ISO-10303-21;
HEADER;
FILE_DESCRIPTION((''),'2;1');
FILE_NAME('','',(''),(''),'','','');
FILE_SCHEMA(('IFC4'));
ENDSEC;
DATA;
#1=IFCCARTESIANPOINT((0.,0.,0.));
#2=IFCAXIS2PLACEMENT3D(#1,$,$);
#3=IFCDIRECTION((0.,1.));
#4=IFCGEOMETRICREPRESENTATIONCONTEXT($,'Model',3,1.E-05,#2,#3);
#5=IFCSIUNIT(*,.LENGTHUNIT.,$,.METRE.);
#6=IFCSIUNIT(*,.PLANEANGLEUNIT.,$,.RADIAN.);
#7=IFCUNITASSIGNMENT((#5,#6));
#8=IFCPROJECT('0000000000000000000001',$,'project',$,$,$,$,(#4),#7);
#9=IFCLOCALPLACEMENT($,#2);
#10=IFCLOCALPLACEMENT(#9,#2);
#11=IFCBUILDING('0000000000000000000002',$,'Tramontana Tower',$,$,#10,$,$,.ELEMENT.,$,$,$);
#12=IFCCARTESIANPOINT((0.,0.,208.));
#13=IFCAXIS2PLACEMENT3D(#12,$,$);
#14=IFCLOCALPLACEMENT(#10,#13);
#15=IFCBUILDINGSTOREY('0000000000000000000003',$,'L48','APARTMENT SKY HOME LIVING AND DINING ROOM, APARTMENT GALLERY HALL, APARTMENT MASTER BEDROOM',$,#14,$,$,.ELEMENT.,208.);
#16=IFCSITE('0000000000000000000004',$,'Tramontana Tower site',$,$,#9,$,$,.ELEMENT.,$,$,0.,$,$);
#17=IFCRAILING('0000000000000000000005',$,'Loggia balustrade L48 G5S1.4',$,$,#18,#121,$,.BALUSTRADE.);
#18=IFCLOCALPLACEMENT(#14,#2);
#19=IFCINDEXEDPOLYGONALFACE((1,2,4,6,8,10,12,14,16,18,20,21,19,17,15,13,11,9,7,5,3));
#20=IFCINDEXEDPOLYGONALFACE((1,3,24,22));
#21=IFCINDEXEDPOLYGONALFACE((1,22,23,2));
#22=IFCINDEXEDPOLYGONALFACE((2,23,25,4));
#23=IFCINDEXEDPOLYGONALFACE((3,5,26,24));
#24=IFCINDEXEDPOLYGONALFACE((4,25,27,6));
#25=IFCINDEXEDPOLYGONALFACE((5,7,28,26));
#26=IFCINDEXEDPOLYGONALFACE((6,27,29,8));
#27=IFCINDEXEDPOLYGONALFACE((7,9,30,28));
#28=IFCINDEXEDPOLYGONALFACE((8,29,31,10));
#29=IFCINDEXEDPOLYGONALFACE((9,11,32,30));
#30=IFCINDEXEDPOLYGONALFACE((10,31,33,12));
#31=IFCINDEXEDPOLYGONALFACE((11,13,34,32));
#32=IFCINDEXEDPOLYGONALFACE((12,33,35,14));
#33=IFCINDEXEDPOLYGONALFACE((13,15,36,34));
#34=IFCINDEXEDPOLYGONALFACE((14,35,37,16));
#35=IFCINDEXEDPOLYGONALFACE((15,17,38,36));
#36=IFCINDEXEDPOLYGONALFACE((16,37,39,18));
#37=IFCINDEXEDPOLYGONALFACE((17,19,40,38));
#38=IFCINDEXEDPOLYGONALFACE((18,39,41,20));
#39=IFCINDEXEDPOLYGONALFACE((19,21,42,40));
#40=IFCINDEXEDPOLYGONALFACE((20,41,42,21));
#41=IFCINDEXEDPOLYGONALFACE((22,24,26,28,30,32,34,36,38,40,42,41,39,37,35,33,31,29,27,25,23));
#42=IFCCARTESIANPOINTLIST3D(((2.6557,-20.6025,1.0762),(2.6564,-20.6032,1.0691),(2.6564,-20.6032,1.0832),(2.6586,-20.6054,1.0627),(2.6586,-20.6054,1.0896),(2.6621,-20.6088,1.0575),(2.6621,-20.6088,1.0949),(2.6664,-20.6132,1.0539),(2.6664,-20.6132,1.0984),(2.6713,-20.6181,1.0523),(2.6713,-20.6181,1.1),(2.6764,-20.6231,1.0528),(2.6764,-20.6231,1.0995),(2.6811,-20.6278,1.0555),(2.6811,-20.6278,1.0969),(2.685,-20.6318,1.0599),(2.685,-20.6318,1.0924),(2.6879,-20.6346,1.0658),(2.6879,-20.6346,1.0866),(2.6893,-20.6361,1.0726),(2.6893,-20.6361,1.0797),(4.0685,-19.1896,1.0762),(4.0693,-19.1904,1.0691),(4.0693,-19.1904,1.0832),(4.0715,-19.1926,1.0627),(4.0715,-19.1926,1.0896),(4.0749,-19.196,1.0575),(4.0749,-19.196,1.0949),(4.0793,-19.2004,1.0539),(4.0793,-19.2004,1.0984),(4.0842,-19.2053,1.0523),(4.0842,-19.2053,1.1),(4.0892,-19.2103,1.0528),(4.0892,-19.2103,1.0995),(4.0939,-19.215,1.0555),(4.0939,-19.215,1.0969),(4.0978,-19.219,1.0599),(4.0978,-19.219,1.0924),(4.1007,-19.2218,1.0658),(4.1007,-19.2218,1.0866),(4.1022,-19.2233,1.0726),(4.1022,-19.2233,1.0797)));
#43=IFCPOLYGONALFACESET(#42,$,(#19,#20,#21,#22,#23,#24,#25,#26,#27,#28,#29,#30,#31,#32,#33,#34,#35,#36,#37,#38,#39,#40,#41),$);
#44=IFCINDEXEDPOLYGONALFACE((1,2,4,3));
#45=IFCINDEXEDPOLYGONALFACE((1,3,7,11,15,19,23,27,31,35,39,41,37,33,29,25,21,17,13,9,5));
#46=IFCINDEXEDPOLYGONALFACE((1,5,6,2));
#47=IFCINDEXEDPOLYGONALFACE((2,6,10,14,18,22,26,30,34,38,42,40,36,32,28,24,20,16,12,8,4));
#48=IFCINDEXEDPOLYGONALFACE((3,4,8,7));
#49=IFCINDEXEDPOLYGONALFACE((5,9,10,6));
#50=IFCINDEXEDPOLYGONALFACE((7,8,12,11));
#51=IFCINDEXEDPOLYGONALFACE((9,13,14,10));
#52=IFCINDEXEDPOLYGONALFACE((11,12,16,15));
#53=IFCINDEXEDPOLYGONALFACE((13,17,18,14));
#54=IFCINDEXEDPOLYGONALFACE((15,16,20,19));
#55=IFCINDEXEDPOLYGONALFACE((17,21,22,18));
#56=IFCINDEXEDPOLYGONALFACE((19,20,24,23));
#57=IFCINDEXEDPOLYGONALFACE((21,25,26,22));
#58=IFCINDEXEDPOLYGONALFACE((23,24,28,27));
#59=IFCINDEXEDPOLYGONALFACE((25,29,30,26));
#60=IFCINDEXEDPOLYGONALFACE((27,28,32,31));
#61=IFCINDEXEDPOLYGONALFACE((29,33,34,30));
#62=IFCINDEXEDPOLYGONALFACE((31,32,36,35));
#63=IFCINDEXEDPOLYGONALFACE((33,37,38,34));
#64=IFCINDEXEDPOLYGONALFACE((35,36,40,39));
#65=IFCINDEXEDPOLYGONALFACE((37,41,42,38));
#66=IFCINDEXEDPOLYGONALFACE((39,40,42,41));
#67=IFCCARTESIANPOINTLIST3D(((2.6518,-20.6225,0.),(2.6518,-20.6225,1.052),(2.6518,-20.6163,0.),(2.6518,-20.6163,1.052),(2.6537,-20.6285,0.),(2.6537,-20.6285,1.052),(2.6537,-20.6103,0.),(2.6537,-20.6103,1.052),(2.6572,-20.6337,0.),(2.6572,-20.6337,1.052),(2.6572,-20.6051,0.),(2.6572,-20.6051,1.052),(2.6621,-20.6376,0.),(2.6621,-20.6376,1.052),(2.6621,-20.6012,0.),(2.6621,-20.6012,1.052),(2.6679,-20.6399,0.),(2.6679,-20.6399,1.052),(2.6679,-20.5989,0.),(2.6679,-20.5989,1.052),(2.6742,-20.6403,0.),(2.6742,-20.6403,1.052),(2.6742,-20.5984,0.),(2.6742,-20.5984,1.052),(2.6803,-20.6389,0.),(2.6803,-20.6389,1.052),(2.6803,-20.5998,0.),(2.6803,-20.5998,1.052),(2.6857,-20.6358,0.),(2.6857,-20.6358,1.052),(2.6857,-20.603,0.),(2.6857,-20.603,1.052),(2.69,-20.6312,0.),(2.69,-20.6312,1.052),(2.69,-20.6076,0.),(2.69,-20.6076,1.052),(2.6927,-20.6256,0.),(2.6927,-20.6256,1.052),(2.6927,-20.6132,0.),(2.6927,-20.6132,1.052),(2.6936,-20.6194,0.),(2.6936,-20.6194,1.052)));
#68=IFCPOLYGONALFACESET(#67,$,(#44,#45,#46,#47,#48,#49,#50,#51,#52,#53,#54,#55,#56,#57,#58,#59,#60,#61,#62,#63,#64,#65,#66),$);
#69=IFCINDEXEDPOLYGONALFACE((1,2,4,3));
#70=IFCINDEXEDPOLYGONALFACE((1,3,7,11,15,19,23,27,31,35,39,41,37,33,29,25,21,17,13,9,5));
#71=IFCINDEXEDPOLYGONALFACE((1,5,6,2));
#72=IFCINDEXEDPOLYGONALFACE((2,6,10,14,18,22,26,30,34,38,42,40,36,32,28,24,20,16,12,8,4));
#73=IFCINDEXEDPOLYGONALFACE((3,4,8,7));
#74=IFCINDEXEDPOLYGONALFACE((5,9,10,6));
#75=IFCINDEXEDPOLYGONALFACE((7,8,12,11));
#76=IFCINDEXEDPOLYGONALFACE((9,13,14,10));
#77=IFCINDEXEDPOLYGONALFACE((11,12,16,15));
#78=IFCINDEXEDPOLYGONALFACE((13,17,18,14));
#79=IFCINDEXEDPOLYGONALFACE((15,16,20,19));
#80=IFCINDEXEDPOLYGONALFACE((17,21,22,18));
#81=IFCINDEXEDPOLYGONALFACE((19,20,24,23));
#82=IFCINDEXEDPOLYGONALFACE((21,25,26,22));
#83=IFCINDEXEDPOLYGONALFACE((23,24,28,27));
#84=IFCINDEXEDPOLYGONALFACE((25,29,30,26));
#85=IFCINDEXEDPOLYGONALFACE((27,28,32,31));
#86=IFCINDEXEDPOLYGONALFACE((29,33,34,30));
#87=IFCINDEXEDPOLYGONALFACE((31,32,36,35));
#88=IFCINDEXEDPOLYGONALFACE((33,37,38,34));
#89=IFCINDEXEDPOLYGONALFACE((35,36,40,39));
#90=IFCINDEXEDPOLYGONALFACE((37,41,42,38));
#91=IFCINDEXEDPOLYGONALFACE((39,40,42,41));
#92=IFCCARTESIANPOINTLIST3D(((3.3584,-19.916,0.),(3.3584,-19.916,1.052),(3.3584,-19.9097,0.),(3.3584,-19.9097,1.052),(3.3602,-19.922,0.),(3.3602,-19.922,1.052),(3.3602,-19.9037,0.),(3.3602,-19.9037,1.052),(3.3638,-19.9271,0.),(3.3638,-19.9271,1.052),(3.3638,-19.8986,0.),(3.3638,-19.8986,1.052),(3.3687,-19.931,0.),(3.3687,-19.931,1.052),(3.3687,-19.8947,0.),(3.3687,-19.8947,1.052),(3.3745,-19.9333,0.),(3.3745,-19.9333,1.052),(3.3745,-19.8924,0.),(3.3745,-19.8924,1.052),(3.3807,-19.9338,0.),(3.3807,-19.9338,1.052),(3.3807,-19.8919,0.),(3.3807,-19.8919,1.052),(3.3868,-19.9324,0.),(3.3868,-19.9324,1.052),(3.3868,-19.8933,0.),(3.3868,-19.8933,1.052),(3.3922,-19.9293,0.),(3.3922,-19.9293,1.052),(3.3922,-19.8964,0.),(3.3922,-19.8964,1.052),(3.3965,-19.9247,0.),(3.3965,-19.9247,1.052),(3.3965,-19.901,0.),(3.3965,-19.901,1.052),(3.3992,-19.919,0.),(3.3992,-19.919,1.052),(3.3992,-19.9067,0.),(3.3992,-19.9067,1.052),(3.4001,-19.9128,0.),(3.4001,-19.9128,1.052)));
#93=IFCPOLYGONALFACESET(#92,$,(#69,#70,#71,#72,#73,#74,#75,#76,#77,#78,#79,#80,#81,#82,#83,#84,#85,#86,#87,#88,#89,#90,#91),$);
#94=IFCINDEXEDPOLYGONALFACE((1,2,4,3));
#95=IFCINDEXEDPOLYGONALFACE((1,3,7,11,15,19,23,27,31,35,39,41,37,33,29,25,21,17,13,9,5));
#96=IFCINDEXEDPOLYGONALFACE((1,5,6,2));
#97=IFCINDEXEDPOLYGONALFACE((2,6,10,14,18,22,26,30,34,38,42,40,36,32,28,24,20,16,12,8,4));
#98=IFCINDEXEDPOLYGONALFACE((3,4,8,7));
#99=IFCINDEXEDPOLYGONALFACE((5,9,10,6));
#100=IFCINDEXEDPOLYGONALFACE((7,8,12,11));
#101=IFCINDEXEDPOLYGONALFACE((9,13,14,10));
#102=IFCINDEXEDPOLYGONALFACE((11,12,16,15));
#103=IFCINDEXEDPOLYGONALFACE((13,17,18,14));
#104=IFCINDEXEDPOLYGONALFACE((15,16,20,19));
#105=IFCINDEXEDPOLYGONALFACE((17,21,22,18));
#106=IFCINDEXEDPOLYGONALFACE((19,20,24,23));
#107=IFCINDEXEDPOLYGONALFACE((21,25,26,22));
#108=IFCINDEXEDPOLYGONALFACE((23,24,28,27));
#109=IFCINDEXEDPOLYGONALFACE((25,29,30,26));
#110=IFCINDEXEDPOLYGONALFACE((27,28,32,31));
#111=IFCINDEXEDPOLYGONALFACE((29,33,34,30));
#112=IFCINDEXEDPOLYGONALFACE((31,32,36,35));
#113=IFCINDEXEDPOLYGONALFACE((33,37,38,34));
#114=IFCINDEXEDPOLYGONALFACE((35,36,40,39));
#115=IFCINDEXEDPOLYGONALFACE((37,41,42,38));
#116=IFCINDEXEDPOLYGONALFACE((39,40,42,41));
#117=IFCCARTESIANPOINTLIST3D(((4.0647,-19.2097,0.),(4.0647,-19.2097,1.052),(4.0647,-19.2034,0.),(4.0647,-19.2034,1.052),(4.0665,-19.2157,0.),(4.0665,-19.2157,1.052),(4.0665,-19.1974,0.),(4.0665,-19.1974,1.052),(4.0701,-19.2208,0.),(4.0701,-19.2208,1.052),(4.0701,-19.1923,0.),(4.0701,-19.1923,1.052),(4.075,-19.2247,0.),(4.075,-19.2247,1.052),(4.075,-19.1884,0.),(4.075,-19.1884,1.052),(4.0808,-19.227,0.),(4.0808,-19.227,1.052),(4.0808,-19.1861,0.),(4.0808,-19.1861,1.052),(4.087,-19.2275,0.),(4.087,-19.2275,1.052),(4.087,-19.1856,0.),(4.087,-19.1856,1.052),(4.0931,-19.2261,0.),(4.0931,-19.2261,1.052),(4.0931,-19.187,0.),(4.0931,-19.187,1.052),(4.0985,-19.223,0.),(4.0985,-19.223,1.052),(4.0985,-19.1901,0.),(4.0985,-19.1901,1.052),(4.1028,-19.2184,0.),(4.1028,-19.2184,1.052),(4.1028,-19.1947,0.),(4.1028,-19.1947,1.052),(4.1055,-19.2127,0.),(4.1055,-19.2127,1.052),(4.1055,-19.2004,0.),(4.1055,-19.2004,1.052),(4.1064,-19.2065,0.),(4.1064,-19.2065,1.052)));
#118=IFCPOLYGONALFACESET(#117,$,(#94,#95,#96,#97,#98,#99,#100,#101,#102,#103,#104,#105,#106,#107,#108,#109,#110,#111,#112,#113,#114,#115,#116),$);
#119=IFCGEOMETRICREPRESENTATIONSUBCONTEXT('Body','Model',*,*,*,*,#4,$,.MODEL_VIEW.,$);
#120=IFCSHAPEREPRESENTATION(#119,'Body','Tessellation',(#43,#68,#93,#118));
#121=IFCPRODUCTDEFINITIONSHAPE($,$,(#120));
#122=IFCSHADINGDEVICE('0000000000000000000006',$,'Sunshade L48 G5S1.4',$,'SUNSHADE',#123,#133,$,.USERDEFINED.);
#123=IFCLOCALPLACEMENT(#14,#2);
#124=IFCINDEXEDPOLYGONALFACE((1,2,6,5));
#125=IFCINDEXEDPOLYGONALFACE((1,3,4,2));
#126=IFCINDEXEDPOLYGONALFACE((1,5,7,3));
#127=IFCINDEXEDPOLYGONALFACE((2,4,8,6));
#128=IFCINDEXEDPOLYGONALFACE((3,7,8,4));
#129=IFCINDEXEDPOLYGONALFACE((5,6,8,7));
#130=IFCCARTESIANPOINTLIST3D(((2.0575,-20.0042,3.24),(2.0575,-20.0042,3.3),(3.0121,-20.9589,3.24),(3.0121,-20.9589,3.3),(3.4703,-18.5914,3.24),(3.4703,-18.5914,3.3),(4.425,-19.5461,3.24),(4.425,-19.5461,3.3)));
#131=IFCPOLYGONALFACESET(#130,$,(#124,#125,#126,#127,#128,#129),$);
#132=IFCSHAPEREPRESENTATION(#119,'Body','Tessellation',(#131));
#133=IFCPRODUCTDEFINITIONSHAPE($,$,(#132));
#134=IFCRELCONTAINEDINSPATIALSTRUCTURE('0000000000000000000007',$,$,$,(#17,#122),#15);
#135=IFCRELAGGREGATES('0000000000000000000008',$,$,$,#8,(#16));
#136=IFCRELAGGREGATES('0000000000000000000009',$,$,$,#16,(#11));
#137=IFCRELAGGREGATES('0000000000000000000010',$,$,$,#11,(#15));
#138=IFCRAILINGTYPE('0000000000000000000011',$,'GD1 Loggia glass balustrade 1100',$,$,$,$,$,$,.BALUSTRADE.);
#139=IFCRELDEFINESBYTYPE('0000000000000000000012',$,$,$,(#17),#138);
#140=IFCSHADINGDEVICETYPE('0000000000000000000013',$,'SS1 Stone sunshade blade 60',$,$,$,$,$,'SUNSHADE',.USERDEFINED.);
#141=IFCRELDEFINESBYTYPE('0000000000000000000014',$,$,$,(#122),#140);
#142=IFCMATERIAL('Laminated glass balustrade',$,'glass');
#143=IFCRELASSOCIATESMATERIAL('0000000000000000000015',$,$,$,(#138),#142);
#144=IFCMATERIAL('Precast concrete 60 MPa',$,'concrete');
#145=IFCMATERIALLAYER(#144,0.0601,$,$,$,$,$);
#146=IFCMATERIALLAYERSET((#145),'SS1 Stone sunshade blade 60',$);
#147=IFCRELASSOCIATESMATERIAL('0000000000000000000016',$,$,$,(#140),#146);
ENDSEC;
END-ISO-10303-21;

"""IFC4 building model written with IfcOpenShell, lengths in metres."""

from ifc_helpers import new_model, si_unit, direction, frame, origin, origin_2d, place, context, subcontext, project, spatial, rectangle, circle, extrude, material, layer, layer_set, type_object, element, save


model = new_model("IFC4")

# Units and contexts
model_context = context("Model", 3, precision=1e-05, world=origin(), true_north=direction((0.0, 1.0)))
body_context = subcontext(model_context, "Body", "Model", "MODEL_VIEW")
ifc_project = project(units=[si_unit("LENGTHUNIT", "METRE"), si_unit("PLANEANGLEUNIT", "RADIAN")], contexts=[model_context])

# Site, building, storey
site_placement = place(None, origin())
site = spatial("IfcSite", under=ifc_project, at=site_placement, Name="Tramontana Tower site", CompositionType="ELEMENT", RefElevation=0.0)
building_placement = place(site_placement, origin())
building = spatial("IfcBuilding", under=site, at=building_placement, Name="Tramontana Tower", CompositionType="ELEMENT")
storey_placement = place(building_placement, frame((0.0, 0.0, 208.0)))
storey = spatial("IfcBuildingStorey", under=building, at=storey_placement, Name="L48", Description="APARTMENT SKY HOME LIVING AND DINING ROOM, APARTMENT GALLERY HALL, APARTMENT MASTER BEDROOM", CompositionType="ELEMENT", Elevation=208.0)

# Railing
ifc_material_1 = material(Name="Laminated glass balustrade", Category="glass")
railing_type = type_object("IfcRailingType", Name="GD1 Loggia glass balustrade 1100", PredefinedType="BALUSTRADE", material=ifc_material_1)
railing_placement = place(storey_placement, frame((2.6726, -20.6194, 0.0)))
element("IfcRailing", 1, at=railing_placement, inside=storey, type_object=railing_type, Name="Loggia balustrade L48 G5S1.4", PredefinedType="BALUSTRADE", context=body_context, shape_type="SweptSolid", body=[
    extrude(circle(Radius=0.0239, at=origin_2d()), frame((0.0, 0.0, 1.0762), z_axis=(0.707107, 0.707107, 0.0), x_axis=(-0.707107, 0.707107, 0.0)), (0.0, 0.0, 1.0), 1.998),
    extrude(circle(Radius=0.021, at=origin_2d()), origin(), (0.0, 0.0, 1.0), 1.052),
    extrude(circle(Radius=0.021, at=origin_2d()), frame((0.7065, 0.7065, 0.0)), (0.0, 0.0, 1.0), 1.052),
    extrude(circle(Radius=0.021, at=origin_2d()), frame((1.4128, 1.4128, 0.0)), (0.0, 0.0, 1.0), 1.052),
])

# Shading device
ifc_material_2 = material(Name="Precast concrete 60 MPa", Category="concrete")
ifc_layer_1 = layer(ifc_material_2, 0.0601)
ifc_layer_set_1 = layer_set([ifc_layer_1], Name="SS1 Stone sunshade blade 60")
shading_device_type = type_object("IfcShadingDeviceType", Name="SS1 Stone sunshade blade 60", ElementType="SUNSHADE", PredefinedType="USERDEFINED", material=ifc_layer_set_1)
shading_device_placement = place(storey_placement, frame((3.2412, -19.7751, 3.24), z_axis=(0.0, 0.0, 1.0), x_axis=(0.707107, 0.707107, 0.0)))
element("IfcShadingDevice", 2, at=shading_device_placement, inside=storey, type_object=shading_device_type, Name="Sunshade L48 G5S1.4", ObjectType="SUNSHADE", PredefinedType="USERDEFINED", context=body_context, shape_type="SweptSolid", body=[
    extrude(rectangle(XDim=1.998, YDim=1.3501, at=origin_2d()), origin(), (0.0, 0.0, 1.0), 0.0601),
])

save(model, "model.ifc")
